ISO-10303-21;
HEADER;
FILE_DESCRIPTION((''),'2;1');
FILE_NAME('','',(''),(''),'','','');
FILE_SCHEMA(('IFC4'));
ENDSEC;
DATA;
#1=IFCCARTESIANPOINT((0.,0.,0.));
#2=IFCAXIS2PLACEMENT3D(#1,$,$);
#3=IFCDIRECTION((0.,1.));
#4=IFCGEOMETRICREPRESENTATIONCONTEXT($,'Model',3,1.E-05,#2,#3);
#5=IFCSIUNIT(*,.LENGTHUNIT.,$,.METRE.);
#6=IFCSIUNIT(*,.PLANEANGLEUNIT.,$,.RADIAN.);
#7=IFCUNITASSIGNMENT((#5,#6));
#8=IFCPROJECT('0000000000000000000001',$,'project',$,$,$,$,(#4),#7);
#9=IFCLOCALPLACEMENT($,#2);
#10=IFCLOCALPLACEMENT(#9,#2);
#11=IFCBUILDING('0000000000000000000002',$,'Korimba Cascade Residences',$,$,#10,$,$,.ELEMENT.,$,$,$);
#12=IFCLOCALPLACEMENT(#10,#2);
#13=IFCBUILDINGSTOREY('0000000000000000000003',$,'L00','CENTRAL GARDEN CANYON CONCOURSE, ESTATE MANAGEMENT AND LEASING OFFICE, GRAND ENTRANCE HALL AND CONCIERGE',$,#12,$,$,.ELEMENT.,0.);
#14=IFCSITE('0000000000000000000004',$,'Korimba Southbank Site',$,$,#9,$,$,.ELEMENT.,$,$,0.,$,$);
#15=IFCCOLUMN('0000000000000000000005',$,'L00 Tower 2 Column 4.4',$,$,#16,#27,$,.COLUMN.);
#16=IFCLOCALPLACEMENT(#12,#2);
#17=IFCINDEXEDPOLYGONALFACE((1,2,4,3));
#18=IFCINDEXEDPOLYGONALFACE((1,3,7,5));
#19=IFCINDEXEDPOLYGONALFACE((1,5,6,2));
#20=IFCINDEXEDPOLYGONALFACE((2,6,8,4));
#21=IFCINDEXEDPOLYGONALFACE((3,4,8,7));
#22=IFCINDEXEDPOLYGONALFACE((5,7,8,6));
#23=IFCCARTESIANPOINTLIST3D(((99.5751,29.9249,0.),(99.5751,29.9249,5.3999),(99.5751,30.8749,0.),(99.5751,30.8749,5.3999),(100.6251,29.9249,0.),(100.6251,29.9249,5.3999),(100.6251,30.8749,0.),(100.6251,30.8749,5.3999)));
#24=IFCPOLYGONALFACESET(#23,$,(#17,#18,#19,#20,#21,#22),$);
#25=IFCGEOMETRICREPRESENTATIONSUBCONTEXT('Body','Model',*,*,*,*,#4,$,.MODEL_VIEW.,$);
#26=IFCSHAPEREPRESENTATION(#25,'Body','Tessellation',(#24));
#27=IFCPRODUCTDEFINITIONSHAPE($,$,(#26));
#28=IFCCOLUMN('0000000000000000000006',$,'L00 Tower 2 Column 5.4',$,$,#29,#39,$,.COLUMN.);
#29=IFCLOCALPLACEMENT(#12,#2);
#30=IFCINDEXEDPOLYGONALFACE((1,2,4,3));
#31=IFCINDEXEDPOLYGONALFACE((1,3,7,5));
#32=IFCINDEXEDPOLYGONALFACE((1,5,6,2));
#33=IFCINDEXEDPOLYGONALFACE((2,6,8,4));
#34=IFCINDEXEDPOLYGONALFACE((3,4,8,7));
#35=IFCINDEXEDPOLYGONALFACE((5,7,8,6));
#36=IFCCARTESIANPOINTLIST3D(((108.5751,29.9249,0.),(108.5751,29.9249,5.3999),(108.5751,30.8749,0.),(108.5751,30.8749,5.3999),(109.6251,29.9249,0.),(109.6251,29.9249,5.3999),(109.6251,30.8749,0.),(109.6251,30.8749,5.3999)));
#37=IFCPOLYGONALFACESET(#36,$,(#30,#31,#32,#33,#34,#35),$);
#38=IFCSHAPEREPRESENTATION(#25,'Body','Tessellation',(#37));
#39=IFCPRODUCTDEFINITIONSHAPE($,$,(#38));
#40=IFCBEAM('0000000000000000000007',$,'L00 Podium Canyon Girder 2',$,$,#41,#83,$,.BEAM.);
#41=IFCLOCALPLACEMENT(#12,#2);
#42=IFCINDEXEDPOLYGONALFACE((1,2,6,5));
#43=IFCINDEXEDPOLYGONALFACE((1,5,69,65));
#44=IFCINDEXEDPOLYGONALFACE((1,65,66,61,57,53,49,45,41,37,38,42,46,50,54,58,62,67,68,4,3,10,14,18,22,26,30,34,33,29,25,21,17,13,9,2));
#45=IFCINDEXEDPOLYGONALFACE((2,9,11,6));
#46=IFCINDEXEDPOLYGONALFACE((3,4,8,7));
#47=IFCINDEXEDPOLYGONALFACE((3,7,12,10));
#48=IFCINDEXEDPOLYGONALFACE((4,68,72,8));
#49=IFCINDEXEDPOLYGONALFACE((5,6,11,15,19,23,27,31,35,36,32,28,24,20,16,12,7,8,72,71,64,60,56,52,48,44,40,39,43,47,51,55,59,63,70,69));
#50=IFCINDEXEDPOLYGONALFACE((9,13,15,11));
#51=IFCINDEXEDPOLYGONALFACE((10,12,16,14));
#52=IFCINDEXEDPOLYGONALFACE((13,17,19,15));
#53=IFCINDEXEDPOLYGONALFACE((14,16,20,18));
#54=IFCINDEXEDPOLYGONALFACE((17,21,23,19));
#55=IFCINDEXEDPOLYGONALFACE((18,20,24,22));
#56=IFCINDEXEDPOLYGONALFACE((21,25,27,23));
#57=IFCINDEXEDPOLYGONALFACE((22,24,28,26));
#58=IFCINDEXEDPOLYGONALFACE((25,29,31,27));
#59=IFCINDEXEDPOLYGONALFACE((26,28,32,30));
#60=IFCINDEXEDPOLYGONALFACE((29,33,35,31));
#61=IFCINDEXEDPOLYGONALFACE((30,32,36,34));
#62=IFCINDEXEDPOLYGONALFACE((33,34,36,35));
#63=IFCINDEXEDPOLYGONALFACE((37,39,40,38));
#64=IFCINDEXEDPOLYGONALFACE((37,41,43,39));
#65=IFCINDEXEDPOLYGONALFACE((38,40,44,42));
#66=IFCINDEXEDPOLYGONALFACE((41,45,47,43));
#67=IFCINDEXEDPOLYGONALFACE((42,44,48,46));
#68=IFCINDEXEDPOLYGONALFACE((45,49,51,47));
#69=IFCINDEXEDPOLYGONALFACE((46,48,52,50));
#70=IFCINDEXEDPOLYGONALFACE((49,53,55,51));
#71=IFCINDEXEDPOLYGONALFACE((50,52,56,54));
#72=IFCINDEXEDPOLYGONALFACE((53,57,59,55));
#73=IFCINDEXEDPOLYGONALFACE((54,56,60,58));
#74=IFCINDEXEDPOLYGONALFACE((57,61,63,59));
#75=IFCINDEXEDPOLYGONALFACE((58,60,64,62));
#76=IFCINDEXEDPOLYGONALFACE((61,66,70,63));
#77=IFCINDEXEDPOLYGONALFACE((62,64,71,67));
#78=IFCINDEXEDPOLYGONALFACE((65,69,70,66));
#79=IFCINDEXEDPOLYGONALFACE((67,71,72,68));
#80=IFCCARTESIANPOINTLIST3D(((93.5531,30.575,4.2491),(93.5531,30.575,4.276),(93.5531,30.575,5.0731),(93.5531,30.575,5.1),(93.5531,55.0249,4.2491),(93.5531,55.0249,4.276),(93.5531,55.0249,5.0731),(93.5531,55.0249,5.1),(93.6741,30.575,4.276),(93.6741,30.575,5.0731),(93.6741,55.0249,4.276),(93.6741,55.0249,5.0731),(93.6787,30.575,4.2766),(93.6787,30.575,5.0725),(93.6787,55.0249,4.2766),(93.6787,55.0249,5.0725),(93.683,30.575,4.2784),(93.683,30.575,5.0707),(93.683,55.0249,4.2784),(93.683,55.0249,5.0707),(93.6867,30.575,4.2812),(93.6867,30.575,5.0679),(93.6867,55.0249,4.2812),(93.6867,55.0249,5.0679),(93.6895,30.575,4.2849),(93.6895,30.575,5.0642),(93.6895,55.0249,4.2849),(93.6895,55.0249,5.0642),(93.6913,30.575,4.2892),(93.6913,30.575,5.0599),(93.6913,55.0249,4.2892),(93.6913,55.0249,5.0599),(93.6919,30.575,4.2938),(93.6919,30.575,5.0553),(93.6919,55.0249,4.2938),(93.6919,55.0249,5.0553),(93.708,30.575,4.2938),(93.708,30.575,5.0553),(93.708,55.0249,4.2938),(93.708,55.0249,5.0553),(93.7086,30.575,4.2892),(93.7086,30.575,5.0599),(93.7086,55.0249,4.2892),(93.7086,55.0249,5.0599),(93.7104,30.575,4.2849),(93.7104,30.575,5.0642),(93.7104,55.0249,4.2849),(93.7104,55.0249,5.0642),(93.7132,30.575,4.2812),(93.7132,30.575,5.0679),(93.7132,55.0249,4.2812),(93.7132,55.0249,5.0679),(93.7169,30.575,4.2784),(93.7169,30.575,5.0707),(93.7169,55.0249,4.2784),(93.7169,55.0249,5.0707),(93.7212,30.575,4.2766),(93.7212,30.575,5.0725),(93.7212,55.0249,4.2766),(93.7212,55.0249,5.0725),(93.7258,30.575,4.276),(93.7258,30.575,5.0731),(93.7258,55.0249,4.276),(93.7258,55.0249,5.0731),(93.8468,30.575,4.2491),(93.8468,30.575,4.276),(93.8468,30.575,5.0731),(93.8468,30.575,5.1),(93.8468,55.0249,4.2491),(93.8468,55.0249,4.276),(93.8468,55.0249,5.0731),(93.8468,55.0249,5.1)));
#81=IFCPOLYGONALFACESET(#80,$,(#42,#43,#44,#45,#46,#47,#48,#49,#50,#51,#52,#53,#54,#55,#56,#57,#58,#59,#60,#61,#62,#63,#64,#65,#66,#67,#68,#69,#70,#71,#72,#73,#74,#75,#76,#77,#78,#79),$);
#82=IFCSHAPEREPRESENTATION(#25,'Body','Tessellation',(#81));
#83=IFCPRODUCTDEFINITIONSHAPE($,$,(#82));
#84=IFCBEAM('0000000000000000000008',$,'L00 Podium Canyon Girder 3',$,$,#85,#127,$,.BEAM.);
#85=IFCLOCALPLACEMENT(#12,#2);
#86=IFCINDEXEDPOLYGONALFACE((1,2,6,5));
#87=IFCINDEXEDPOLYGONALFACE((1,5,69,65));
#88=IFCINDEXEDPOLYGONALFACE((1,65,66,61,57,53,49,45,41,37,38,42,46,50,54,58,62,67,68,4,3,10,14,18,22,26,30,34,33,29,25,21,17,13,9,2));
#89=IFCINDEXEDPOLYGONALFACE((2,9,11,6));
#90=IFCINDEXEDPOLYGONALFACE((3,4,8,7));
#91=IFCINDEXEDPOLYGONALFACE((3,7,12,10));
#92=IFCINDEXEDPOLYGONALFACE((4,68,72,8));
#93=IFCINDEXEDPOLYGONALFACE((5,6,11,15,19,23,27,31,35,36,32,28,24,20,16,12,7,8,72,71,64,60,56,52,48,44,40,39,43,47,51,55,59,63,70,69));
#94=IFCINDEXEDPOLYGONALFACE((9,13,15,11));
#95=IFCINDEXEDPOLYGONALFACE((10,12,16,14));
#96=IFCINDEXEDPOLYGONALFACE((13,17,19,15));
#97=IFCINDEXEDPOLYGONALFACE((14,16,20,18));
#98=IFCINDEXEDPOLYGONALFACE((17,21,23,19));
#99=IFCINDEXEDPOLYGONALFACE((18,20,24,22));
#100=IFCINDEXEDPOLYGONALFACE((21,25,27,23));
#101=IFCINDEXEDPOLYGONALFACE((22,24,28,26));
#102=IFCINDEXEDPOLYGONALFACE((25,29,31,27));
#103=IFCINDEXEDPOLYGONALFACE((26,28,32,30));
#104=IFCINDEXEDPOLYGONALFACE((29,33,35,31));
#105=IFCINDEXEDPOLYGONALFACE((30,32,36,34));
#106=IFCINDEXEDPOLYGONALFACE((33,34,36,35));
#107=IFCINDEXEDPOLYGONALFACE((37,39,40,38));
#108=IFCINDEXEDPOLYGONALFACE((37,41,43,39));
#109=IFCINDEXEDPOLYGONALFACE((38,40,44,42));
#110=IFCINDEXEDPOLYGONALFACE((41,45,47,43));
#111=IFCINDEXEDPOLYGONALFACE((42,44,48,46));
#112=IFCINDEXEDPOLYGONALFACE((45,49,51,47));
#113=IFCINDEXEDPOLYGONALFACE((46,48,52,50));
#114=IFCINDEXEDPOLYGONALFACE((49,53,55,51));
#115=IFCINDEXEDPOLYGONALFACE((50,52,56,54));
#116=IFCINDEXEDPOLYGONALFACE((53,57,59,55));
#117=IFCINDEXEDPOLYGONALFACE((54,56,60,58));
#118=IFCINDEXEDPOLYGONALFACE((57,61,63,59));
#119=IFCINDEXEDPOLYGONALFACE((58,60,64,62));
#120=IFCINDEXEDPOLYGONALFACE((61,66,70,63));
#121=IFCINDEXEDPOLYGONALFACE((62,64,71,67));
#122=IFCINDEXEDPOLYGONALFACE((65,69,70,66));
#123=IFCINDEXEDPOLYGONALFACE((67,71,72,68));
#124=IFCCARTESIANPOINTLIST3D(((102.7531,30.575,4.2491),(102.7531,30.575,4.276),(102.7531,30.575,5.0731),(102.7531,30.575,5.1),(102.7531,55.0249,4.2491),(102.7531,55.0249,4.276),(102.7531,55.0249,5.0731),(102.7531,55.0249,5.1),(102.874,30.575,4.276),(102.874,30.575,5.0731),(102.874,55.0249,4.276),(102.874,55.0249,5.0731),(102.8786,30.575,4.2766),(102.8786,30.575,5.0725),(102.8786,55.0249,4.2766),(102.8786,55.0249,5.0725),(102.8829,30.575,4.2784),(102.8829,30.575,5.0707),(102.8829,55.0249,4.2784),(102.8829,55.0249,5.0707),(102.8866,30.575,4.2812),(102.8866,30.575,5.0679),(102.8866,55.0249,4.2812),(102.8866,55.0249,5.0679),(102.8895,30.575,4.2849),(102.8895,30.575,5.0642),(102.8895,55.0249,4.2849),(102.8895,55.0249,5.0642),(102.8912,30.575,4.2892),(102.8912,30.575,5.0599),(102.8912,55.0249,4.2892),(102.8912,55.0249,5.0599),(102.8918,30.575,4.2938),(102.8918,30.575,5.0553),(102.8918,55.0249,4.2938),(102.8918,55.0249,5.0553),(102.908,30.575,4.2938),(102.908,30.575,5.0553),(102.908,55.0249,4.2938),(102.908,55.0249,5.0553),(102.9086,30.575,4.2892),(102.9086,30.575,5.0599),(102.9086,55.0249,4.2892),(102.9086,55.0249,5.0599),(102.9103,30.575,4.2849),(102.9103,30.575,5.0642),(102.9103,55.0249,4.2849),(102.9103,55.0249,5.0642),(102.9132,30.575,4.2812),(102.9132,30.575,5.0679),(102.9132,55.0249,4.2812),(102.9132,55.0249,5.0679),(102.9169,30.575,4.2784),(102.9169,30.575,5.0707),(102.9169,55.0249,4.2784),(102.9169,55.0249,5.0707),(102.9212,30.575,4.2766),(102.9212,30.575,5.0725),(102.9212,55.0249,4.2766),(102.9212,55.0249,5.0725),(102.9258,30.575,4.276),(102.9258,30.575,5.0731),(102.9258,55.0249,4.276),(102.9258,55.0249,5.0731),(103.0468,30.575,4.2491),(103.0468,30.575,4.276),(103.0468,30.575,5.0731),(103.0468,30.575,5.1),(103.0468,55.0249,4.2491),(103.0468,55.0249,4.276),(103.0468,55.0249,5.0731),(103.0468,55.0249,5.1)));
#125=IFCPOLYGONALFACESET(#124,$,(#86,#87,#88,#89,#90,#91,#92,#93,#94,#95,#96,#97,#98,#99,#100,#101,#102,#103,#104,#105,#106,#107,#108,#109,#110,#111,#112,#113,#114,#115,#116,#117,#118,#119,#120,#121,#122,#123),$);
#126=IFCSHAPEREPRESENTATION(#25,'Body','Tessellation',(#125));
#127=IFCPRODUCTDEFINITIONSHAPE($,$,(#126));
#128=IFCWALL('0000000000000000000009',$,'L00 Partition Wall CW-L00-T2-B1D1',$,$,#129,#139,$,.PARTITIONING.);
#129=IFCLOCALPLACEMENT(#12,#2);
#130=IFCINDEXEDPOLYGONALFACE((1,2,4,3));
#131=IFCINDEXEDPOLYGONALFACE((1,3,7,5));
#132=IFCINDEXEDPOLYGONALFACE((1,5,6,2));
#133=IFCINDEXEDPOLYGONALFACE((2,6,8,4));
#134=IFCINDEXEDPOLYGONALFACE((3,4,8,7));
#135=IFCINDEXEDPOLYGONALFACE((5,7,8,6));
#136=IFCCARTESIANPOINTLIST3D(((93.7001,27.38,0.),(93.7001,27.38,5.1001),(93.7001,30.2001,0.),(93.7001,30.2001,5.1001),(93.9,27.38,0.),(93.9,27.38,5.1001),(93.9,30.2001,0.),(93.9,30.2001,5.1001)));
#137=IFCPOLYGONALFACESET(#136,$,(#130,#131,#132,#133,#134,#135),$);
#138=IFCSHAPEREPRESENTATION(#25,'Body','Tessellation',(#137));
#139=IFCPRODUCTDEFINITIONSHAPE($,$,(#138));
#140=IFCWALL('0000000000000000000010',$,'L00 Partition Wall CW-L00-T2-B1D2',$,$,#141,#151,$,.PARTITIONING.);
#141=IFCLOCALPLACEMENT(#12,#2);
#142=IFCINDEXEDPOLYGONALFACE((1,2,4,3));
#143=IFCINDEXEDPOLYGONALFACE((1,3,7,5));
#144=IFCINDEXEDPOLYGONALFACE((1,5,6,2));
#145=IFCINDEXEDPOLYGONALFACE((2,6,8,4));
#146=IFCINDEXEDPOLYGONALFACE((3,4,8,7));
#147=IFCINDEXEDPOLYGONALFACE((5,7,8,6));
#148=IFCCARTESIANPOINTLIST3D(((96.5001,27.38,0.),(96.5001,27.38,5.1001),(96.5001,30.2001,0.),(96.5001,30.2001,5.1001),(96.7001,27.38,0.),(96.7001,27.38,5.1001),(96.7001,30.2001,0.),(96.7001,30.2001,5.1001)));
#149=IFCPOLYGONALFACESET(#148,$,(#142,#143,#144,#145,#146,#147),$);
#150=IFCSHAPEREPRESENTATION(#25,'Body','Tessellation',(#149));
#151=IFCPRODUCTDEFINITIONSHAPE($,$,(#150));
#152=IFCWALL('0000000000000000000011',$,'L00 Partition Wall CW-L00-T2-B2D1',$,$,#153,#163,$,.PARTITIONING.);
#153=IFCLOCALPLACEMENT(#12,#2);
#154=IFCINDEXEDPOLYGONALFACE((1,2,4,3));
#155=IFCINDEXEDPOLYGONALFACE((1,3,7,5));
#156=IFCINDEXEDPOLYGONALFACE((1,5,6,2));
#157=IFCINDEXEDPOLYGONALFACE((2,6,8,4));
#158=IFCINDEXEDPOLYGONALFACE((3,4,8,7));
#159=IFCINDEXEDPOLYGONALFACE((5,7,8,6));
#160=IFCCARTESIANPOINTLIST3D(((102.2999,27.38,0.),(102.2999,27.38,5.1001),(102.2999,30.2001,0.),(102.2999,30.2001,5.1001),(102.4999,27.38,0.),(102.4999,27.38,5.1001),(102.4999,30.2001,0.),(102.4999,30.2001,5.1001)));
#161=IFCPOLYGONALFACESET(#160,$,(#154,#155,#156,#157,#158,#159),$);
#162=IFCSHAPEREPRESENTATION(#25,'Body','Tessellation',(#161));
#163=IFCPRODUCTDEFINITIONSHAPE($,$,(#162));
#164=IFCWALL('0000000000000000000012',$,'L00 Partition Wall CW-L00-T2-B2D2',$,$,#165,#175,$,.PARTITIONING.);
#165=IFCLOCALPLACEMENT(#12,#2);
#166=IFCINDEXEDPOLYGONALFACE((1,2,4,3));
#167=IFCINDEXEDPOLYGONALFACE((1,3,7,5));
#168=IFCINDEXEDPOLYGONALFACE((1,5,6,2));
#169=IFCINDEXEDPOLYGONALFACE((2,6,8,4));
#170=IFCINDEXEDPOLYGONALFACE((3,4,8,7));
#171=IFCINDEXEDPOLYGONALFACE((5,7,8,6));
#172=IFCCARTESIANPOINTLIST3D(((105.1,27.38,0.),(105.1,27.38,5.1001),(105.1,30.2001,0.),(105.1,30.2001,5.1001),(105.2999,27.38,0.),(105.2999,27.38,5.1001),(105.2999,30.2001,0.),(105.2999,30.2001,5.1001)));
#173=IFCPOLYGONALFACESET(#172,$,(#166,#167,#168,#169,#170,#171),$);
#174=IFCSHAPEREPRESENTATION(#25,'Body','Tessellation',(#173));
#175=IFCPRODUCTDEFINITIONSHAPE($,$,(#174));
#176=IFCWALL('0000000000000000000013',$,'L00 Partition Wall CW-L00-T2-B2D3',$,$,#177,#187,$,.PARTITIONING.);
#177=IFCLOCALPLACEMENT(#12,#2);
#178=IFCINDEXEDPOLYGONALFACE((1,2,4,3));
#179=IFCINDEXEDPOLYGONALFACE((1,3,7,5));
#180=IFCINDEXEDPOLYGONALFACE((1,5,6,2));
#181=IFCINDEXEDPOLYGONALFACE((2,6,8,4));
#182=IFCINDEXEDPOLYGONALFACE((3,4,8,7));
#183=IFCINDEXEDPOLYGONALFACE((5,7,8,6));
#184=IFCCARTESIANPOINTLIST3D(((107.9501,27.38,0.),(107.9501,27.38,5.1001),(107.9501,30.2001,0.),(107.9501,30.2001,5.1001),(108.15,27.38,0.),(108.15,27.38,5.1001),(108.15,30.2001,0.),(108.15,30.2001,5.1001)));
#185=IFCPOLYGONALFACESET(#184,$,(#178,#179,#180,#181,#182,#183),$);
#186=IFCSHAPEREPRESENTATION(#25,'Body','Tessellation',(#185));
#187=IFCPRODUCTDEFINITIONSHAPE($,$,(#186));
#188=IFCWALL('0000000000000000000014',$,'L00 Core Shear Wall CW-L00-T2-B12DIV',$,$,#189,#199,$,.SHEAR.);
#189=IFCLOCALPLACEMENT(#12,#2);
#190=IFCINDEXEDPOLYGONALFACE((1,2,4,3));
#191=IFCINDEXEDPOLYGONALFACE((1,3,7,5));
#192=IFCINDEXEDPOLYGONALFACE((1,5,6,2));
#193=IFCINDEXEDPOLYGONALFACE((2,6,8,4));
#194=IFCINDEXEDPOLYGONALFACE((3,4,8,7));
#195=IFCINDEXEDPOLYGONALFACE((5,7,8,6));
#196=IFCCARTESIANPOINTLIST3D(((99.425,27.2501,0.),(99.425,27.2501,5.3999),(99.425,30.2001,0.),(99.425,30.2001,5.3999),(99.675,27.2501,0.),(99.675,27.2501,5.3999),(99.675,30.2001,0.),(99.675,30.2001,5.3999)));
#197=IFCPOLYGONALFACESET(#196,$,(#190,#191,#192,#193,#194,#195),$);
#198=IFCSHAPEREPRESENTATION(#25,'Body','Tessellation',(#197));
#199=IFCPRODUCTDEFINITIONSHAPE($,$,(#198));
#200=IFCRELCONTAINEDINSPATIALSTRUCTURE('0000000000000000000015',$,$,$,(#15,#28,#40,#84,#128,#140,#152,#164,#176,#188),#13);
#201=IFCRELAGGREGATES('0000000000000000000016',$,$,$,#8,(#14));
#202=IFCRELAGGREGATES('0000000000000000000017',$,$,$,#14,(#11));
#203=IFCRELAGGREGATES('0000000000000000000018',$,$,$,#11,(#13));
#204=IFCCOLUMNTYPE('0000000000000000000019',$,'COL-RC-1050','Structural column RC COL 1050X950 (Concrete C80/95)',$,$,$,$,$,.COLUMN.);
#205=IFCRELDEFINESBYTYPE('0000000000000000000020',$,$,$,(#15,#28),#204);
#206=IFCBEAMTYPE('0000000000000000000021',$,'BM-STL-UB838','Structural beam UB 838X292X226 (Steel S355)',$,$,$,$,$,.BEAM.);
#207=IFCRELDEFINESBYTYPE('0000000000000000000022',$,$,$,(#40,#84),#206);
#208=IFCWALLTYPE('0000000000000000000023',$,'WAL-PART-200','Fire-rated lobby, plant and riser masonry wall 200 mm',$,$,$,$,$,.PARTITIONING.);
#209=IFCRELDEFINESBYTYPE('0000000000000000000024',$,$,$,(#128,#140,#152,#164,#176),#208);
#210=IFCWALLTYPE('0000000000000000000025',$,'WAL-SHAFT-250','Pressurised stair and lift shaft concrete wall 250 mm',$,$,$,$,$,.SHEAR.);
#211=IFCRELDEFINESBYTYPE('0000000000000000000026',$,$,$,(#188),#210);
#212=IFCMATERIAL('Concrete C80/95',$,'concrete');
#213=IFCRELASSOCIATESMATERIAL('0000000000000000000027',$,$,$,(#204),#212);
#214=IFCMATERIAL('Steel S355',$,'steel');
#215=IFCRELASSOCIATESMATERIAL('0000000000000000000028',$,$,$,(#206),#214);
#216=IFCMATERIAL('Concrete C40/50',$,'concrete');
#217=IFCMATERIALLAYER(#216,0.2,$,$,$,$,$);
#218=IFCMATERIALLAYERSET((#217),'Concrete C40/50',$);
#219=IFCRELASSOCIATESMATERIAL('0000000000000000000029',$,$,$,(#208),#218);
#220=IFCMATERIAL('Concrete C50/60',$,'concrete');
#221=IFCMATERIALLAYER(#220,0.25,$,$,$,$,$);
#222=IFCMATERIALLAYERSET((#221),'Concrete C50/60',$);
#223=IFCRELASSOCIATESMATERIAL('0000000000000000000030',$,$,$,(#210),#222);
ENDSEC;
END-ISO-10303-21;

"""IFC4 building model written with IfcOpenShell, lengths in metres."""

from ifc_helpers import new_model, si_unit, direction, frame, frame_2d, origin, origin_2d, place, context, subcontext, project, spatial, rectangle, i_section, extrude, material, layer, layer_set, material_profile, profile_set, type_object, element, save


model = new_model("IFC4")

# Units and contexts
model_context = context("Model", 3, precision=1e-05, world=origin(), true_north=direction((0.0, 1.0)))
body_context = subcontext(model_context, "Body", "Model", "MODEL_VIEW")
ifc_project = project(units=[si_unit("LENGTHUNIT", "METRE"), si_unit("PLANEANGLEUNIT", "RADIAN")], contexts=[model_context])

# Site, building, storey
site_placement = place(None, origin())
site = spatial("IfcSite", under=ifc_project, at=site_placement, Name="Korimba Southbank Site", CompositionType="ELEMENT", RefElevation=0.0)
building_placement = place(site_placement, origin())
building = spatial("IfcBuilding", under=site, at=building_placement, Name="Korimba Cascade Residences", CompositionType="ELEMENT")
storey_placement = place(building_placement, origin())
storey = spatial("IfcBuildingStorey", under=building, at=storey_placement, Name="L00", Description="CENTRAL GARDEN CANYON CONCOURSE, ESTATE MANAGEMENT AND LEASING OFFICE, GRAND ENTRANCE HALL AND CONCIERGE", CompositionType="ELEMENT", Elevation=0.0)

# Columns
ifc_material_1 = material(Name="Concrete C80/95", Category="concrete")
ifc_material_profile_1 = material_profile(ifc_material_1, rectangle(XDim=1.05, YDim=0.95, at=origin_2d()), Name="Concrete C80/95")
ifc_profile_set_1 = profile_set([ifc_material_profile_1], Name="Concrete C80/95")
column_type = type_object("IfcColumnType", Name="COL-RC-1050", Description="Structural column RC COL 1050X950 (Concrete C80/95)", PredefinedType="COLUMN", material=ifc_profile_set_1)
for number, where, z_axis, x_axis, name in (
    (1, (100.1001, 30.3999, 0.0), (0.0, 0.0, 1.0), (1.0, 0.0, 0.0), "L00 Tower 2 Column 4.4"),
    (2, (109.1001, 30.3999, 0.0), (0.0, 0.0, 1.0), (1.0, 0.0, 0.0), "L00 Tower 2 Column 5.4"),
):
    element("IfcColumn", number, at=place(storey_placement, frame(where, z_axis=z_axis, x_axis=x_axis)), inside=storey, type_object=column_type, Name=name, PredefinedType="COLUMN", context=body_context, shape_type="SweptSolid", body=[
        extrude(rectangle(XDim=1.05, YDim=0.95, at=origin_2d()), origin(), (0.0, 0.0, 1.0), 5.3999),
    ])

# Beams
ifc_material_2 = material(Name="Steel S355", Category="steel")
ifc_material_profile_2 = material_profile(ifc_material_2, i_section(OverallWidth=0.2937, OverallDepth=0.8508, WebThickness=0.0161, FlangeThickness=0.0269, FilletRadius=0.0178, at=origin_2d()), Name="Steel S355")
ifc_profile_set_2 = profile_set([ifc_material_profile_2], Name="Steel S355")
beam_type = type_object("IfcBeamType", Name="BM-STL-UB838", Description="Structural beam UB 838X292X226 (Steel S355)", PredefinedType="BEAM", material=ifc_profile_set_2)
for number, where, z_axis, x_axis, name in (
    (3, (93.7, 30.575, 4.6746), (0.0, 1.0, 0.0), (-1.0, 0.0, 0.0), "L00 Podium Canyon Girder 2"),
    (4, (102.8999, 30.575, 4.6746), (0.0, 1.0, 0.0), (-1.0, 0.0, 0.0), "L00 Podium Canyon Girder 3"),
):
    element("IfcBeam", number, at=place(storey_placement, frame(where, z_axis=z_axis, x_axis=x_axis)), inside=storey, type_object=beam_type, Name=name, PredefinedType="BEAM", context=body_context, shape_type="SweptSolid", body=[
        extrude(i_section(OverallWidth=0.2937, OverallDepth=0.8508, WebThickness=0.0161, FlangeThickness=0.0269, FilletRadius=0.0178, at=origin_2d()), origin(), (0.0, 0.0, 1.0), 24.45),
    ])

# Walls
ifc_material_3 = material(Name="Concrete C40/50", Category="concrete")
ifc_layer_1 = layer(ifc_material_3, 0.2)
ifc_layer_set_1 = layer_set([ifc_layer_1], Name="Concrete C40/50")
wall_type_1 = type_object("IfcWallType", Name="WAL-PART-200", Description="Fire-rated lobby, plant and riser masonry wall 200 mm", PredefinedType="PARTITIONING", material=ifc_layer_set_1)
for number, where, z_axis, x_axis, name in (
    (5, (93.8, 27.3799, 0.0), (0.0, 0.0, 1.0), (0.0, 1.0, 0.0), "L00 Partition Wall CW-L00-T2-B1D1"),
    (6, (96.6001, 27.3799, 0.0), (0.0, 0.0, 1.0), (0.0, 1.0, 0.0), "L00 Partition Wall CW-L00-T2-B1D2"),
    (7, (102.3999, 27.3799, 0.0), (0.0, 0.0, 1.0), (0.0, 1.0, 0.0), "L00 Partition Wall CW-L00-T2-B2D1"),
    (8, (105.2, 27.3799, 0.0), (0.0, 0.0, 1.0), (0.0, 1.0, 0.0), "L00 Partition Wall CW-L00-T2-B2D2"),
    (9, (108.05, 27.3799, 0.0), (0.0, 0.0, 1.0), (0.0, 1.0, 0.0), "L00 Partition Wall CW-L00-T2-B2D3"),
):
    element("IfcWall", number, at=place(storey_placement, frame(where, z_axis=z_axis, x_axis=x_axis)), inside=storey, type_object=wall_type_1, Name=name, PredefinedType="PARTITIONING", context=body_context, shape_type="SweptSolid", body=[
        extrude(rectangle(XDim=2.8201, YDim=0.2, at=frame_2d((1.4102, 0.0))), origin(), (0.0, 0.0, 1.0), 5.1001),
    ])
ifc_material_4 = material(Name="Concrete C50/60", Category="concrete")
ifc_layer_2 = layer(ifc_material_4, 0.25)
ifc_layer_set_2 = layer_set([ifc_layer_2], Name="Concrete C50/60")
wall_type_2 = type_object("IfcWallType", Name="WAL-SHAFT-250", Description="Pressurised stair and lift shaft concrete wall 250 mm", PredefinedType="SHEAR", material=ifc_layer_set_2)
wall_1_placement = place(storey_placement, frame((99.55, 27.25, 0.0), z_axis=(0.0, 0.0, 1.0), x_axis=(0.0, 1.0, 0.0)))
element("IfcWall", 10, at=wall_1_placement, inside=storey, type_object=wall_type_2, Name="L00 Core Shear Wall CW-L00-T2-B12DIV", PredefinedType="SHEAR", context=body_context, shape_type="SweptSolid", body=[
    extrude(rectangle(XDim=2.95, YDim=0.25, at=frame_2d((1.4751, 0.0))), origin(), (0.0, 0.0, 1.0), 5.3999),
])

save(model, "model.ifc")
